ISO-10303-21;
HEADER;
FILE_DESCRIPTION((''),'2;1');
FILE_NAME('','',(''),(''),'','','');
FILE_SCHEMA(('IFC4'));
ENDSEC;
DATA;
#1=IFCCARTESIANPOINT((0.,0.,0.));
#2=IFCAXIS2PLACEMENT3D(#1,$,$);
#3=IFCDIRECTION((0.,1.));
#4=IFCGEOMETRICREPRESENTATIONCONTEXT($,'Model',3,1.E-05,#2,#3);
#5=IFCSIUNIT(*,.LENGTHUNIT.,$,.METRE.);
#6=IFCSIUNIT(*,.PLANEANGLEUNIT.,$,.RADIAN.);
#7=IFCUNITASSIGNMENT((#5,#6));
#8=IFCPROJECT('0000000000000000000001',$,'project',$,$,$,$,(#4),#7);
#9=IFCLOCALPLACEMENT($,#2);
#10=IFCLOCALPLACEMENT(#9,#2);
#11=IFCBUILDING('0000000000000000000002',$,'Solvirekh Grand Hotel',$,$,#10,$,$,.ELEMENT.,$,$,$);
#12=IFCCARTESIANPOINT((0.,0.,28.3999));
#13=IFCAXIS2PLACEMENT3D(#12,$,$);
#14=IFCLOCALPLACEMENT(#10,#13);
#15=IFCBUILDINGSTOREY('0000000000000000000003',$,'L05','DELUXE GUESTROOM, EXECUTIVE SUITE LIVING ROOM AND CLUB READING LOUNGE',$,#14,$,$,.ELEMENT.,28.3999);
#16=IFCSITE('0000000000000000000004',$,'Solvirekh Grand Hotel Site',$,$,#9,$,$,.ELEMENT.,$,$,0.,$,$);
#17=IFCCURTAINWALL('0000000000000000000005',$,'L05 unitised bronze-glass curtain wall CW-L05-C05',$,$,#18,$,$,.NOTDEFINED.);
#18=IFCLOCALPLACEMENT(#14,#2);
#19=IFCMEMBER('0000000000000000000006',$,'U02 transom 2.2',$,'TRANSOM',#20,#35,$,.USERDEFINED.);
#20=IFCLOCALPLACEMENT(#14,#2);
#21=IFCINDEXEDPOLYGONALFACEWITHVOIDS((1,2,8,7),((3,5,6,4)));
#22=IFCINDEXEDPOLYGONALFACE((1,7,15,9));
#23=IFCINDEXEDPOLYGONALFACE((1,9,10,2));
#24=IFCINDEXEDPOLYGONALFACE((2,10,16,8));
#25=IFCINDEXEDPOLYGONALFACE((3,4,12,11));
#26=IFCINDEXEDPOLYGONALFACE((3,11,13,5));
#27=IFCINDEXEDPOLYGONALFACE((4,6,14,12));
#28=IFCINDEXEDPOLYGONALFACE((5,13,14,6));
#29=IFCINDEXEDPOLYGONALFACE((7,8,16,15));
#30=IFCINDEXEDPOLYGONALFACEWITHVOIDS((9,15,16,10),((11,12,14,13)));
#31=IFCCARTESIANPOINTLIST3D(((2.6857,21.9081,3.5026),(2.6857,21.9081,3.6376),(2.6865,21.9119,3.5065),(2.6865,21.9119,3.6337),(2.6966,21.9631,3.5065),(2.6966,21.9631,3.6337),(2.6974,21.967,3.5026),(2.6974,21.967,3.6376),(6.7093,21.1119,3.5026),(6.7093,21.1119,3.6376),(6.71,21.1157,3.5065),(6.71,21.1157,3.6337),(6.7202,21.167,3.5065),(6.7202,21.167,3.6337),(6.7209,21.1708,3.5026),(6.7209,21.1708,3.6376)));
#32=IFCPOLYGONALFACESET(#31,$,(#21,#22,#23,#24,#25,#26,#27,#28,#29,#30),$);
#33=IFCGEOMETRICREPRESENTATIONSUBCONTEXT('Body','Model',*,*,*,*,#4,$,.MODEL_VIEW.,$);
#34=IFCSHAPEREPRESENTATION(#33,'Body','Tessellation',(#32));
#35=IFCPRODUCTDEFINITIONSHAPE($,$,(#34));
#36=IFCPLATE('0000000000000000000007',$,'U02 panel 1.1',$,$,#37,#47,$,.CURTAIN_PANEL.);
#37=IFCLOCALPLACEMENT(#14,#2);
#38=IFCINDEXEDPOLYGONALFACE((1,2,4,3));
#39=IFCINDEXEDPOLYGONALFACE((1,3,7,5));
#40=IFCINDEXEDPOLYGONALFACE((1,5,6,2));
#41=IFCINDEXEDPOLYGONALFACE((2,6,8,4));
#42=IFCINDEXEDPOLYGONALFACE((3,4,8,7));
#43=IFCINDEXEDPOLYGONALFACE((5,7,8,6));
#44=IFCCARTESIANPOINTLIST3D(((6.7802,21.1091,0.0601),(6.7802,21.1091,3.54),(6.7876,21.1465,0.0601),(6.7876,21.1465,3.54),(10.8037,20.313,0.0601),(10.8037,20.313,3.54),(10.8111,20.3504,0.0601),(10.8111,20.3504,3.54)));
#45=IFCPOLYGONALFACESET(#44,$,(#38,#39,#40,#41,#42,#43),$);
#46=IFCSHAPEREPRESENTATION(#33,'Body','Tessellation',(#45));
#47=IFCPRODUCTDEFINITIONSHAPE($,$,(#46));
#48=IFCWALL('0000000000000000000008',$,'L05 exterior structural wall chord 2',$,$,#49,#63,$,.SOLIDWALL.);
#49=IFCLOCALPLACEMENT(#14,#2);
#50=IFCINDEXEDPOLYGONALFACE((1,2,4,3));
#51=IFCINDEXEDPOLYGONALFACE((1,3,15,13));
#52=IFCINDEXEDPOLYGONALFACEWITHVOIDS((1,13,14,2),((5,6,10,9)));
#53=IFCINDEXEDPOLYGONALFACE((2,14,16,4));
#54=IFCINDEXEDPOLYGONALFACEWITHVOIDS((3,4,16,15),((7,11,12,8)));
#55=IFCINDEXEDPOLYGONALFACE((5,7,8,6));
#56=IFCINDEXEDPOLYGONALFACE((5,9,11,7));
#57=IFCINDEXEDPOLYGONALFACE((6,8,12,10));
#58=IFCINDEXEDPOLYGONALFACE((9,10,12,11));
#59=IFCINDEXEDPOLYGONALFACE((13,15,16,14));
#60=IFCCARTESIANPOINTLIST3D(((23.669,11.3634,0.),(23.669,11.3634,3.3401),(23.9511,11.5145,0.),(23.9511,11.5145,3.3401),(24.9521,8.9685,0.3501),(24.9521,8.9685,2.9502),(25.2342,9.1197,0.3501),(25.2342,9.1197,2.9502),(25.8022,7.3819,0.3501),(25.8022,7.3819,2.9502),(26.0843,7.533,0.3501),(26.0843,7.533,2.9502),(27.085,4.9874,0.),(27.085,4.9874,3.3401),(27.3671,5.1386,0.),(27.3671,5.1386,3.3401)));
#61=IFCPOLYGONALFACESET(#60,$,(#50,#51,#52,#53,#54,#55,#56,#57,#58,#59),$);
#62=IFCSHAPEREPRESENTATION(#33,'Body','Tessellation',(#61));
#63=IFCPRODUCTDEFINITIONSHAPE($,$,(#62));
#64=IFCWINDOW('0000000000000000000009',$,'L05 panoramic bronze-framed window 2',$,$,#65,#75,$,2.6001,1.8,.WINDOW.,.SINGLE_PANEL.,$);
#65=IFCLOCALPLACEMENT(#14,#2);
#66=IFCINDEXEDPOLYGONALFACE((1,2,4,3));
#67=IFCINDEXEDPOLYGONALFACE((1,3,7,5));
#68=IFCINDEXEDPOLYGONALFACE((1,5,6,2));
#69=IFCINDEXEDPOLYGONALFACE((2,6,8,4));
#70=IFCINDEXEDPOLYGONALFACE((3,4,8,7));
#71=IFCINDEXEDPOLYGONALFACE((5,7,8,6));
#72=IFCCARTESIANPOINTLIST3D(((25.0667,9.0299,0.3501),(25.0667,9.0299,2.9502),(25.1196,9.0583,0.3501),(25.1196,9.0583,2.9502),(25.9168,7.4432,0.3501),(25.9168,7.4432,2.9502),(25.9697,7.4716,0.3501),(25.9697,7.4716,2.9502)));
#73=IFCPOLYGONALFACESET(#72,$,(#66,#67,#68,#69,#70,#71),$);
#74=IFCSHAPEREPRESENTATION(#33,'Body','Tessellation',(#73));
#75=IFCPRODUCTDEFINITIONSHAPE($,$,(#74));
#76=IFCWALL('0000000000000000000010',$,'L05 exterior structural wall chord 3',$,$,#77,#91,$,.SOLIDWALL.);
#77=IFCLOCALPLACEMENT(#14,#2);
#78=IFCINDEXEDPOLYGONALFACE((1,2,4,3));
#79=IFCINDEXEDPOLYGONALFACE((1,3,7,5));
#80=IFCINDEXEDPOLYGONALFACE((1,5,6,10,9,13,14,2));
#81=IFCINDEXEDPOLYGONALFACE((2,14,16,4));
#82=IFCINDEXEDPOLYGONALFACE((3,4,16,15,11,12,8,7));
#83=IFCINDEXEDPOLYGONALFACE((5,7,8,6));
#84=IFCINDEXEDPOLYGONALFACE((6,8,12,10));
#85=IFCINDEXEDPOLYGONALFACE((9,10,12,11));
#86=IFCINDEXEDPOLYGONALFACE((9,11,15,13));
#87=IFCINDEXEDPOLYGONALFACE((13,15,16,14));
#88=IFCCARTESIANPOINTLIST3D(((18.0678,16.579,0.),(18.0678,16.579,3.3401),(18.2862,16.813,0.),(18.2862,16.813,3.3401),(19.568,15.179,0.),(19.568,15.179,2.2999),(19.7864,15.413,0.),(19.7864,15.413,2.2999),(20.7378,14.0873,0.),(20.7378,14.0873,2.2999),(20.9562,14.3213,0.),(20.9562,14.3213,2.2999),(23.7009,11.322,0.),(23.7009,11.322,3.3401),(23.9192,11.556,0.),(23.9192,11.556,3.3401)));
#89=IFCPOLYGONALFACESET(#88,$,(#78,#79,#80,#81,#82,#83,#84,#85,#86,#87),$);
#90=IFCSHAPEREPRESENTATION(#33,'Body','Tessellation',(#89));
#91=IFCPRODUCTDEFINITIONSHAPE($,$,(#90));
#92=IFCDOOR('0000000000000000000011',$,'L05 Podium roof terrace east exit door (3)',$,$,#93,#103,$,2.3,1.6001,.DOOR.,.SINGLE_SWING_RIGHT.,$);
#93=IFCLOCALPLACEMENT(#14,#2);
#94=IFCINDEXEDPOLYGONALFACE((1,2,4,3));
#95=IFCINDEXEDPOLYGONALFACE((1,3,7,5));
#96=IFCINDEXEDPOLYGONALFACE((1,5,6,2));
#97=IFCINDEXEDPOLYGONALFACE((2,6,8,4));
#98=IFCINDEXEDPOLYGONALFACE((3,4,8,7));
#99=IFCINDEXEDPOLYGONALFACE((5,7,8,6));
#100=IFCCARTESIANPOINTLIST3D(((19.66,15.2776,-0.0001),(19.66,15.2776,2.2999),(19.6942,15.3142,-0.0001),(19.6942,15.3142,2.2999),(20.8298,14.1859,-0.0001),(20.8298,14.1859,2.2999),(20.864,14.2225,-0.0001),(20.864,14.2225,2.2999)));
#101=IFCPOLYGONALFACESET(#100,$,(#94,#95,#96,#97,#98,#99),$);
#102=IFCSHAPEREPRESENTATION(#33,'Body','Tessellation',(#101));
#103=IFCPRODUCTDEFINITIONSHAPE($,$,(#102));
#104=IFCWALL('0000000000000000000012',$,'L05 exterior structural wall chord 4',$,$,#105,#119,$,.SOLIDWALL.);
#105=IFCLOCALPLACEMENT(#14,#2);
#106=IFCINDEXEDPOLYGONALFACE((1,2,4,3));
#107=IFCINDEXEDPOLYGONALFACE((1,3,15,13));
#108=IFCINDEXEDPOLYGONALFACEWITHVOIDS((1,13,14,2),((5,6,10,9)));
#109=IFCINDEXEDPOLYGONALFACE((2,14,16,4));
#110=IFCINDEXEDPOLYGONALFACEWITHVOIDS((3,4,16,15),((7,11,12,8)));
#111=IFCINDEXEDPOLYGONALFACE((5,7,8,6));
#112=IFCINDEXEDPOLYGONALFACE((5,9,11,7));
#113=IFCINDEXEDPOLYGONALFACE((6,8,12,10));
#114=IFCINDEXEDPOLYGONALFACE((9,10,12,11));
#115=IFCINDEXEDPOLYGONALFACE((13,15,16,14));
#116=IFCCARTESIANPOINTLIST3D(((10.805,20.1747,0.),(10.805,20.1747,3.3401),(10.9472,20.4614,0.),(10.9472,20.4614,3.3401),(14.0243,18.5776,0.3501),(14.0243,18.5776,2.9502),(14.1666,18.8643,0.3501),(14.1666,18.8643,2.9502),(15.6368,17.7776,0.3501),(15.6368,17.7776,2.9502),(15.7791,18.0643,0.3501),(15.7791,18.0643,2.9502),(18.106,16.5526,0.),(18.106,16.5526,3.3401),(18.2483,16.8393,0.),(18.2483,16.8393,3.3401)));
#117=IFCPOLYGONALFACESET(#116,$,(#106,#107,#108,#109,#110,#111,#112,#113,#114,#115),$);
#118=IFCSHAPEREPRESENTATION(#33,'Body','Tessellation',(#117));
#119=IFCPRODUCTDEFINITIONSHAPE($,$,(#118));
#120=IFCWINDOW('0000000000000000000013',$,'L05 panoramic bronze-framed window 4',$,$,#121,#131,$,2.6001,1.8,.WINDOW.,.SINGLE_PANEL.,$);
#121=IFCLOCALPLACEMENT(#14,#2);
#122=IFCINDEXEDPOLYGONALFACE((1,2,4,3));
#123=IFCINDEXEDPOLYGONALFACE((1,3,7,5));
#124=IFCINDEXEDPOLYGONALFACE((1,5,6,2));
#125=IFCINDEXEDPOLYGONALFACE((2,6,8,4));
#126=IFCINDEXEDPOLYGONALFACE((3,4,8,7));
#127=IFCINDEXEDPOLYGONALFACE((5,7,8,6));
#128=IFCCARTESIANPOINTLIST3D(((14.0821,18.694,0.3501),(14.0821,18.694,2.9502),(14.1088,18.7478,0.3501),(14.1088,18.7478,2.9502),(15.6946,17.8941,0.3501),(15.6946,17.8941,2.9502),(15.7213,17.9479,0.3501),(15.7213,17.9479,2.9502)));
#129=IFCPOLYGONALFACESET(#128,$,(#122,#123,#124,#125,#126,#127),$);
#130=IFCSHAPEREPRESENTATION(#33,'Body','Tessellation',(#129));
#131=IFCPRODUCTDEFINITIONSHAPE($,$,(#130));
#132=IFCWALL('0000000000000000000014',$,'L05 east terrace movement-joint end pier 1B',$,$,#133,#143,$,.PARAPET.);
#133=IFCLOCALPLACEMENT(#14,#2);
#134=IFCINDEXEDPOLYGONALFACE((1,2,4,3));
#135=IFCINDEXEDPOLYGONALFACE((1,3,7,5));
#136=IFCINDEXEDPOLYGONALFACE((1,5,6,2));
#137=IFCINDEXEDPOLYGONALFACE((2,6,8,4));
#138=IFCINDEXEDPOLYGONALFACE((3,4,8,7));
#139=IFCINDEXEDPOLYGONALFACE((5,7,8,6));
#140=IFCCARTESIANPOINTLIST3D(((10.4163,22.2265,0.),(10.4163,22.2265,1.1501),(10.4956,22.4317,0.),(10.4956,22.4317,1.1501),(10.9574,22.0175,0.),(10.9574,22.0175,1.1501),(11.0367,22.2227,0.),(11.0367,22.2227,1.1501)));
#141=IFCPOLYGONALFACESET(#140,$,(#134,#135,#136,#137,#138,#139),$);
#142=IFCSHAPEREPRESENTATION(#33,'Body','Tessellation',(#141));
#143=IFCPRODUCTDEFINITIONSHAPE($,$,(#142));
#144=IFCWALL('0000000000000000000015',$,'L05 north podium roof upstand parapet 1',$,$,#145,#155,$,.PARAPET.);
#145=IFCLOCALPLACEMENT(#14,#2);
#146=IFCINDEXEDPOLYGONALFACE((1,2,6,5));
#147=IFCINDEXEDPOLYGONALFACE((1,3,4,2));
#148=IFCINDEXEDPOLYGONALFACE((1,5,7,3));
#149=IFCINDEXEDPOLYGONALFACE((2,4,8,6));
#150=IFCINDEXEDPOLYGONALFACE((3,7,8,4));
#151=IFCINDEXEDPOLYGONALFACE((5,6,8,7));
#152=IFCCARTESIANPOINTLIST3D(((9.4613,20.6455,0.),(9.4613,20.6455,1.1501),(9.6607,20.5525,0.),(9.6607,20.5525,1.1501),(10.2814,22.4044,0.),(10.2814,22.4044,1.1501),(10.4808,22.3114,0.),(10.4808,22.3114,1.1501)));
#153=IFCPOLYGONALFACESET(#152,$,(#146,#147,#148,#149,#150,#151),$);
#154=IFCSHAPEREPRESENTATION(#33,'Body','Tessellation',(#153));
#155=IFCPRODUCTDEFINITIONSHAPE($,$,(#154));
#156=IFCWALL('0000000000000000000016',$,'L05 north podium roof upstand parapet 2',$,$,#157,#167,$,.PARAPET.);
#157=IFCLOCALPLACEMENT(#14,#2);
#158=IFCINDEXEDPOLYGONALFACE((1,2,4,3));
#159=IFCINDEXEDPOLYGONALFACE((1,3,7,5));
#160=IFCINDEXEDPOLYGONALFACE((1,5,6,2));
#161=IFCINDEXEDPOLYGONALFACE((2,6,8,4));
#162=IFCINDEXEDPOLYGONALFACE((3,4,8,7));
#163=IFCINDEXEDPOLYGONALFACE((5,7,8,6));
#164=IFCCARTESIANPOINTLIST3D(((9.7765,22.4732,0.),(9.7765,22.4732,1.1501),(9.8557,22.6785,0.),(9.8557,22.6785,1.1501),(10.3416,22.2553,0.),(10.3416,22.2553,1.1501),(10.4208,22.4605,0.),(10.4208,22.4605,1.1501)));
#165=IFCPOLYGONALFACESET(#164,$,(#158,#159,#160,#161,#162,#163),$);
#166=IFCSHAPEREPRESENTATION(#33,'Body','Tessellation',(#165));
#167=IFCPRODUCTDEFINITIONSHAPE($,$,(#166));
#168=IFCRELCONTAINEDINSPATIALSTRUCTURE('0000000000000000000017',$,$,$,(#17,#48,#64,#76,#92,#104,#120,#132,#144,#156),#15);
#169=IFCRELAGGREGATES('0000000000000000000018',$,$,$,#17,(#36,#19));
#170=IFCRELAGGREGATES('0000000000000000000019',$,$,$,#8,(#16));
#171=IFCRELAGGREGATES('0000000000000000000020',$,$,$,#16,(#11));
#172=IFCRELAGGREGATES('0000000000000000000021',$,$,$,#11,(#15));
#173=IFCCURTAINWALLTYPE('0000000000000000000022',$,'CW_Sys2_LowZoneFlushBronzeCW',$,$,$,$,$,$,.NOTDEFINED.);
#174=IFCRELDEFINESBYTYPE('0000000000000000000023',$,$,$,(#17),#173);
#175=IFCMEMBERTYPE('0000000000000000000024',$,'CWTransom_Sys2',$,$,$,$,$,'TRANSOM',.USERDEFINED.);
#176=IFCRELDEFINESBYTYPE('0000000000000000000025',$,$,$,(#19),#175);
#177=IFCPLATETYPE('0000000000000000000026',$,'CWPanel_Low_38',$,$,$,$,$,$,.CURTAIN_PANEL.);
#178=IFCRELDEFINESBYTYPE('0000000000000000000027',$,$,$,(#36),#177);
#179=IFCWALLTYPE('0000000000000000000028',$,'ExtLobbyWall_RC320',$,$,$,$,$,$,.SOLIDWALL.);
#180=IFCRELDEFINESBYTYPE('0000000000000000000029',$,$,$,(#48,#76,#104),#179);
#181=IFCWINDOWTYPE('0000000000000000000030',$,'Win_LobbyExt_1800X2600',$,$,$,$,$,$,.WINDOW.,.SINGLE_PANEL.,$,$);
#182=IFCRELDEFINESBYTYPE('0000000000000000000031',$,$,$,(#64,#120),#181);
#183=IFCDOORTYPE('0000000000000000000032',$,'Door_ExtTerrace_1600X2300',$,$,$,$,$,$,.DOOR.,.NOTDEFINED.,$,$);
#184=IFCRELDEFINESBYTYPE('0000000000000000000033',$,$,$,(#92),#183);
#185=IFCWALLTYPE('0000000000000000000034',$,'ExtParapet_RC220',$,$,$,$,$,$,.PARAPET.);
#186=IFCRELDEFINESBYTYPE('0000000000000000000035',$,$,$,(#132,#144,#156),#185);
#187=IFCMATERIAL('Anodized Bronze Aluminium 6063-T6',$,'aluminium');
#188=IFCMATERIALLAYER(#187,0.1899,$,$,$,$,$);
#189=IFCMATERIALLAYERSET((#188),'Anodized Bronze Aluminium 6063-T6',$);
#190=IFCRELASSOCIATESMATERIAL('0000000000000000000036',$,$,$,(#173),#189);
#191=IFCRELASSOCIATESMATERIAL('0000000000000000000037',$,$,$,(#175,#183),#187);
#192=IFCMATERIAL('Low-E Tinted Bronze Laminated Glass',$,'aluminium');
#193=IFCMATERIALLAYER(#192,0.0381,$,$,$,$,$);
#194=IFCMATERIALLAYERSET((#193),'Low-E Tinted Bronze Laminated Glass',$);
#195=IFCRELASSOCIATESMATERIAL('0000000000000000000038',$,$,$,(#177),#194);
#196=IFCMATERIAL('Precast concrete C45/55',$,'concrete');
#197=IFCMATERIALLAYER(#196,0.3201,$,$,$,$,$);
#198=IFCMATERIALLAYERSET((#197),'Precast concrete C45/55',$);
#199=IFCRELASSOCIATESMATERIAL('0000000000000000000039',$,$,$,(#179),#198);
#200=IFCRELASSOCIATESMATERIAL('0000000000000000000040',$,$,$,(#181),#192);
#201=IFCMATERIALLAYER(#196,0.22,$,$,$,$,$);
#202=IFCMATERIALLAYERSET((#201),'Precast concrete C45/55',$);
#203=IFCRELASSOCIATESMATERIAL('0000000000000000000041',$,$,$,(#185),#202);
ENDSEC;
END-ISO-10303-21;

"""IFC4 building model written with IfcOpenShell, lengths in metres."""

from ifc_helpers import new_model, si_unit, direction, frame, frame_2d, origin, origin_2d, place, context, subcontext, project, spatial, rectangle, hollow_rectangle, extrude, source, transform, mapped, material, layer, layer_set, material_profile, profile_set, type_object, element, fill, aggregate, save


model = new_model("IFC4")

# Units and contexts
model_context = context("Model", 3, precision=1e-05, world=origin(), true_north=direction((0.0, 1.0)))
body_context = subcontext(model_context, "Body", "Model", "MODEL_VIEW")
ifc_project = project(units=[si_unit("LENGTHUNIT", "METRE"), si_unit("PLANEANGLEUNIT", "RADIAN")], contexts=[model_context])

# Site, building, storey
site_placement = place(None, origin())
site = spatial("IfcSite", under=ifc_project, at=site_placement, Name="Solvirekh Grand Hotel Site", CompositionType="ELEMENT", RefElevation=0.0)
building_placement = place(site_placement, origin())
building = spatial("IfcBuilding", under=site, at=building_placement, Name="Solvirekh Grand Hotel", CompositionType="ELEMENT")
storey_placement = place(building_placement, frame((0.0, 0.0, 28.3999)))
storey = spatial("IfcBuildingStorey", under=building, at=storey_placement, Name="L05", Description="DELUXE GUESTROOM, EXECUTIVE SUITE LIVING ROOM AND CLUB READING LOUNGE", CompositionType="ELEMENT", Elevation=28.3999)

# Curtain wall, member, plate
ifc_material_1 = material(Name="Anodized Bronze Aluminium 6063-T6", Category="aluminium")
ifc_layer_1 = layer(ifc_material_1, 0.1899)
ifc_layer_set_1 = layer_set([ifc_layer_1], Name="Anodized Bronze Aluminium 6063-T6")
curtain_wall_type = type_object("IfcCurtainWallType", Name="CW_Sys2_LowZoneFlushBronzeCW", PredefinedType="NOTDEFINED", material=ifc_layer_set_1)
curtain_wall_placement = place(storey_placement, origin())
curtain_wall = element("IfcCurtainWall", 1, at=curtain_wall_placement, inside=storey, type_object=curtain_wall_type, Name="L05 unitised bronze-glass curtain wall CW-L05-C05", PredefinedType="NOTDEFINED")
ifc_material_profile_1 = material_profile(ifc_material_1, hollow_rectangle(XDim=0.0601, YDim=0.135, WallThickness=0.0039, at=origin_2d()), Name="ALU RHS 135X60X4")
ifc_profile_set_1 = profile_set([ifc_material_profile_1], Name="Anodized Bronze Aluminium 6063-T6")
member_type_1 = type_object("IfcMemberType", Name="CWTransom_Sys2", ElementType="TRANSOM", PredefinedType="USERDEFINED", material=ifc_profile_set_1)
shared_shape_1 = source(origin(), body_context, "Body", "SweptSolid", [
    extrude(hollow_rectangle(XDim=0.0601, YDim=0.135, WallThickness=0.0039, at=origin_2d()), origin(), (0.0, 0.0, 1.0), 4.1016),
])
member_1_placement = place(storey_placement, frame((6.7151, 21.1414, 3.5701), z_axis=(-0.980979, 0.194112, 0.0), x_axis=(-0.194112, -0.980979, 0.0)))
member_1 = element("IfcMember", 2, at=member_1_placement, type_object=member_type_1, Name="U02 transom 2.2", ObjectType="TRANSOM", PredefinedType="USERDEFINED", context=body_context, shape_type="MappedRepresentation", body=[
    mapped(shared_shape_1, transform((0.0, 0.0, 0.0), x_axis=(1.0, 0.0, 0.0), y_axis=(0.0, 1.0, 0.0), z_axis=(0.0, 0.0, 1.0), scale=1.0)),
])
ifc_material_2 = material(Name="Low-E Tinted Bronze Laminated Glass", Category="aluminium")
ifc_layer_2 = layer(ifc_material_2, 0.0381)
ifc_layer_set_2 = layer_set([ifc_layer_2], Name="Low-E Tinted Bronze Laminated Glass")
plate_type = type_object("IfcPlateType", Name="CWPanel_Low_38", PredefinedType="CURTAIN_PANEL", material=ifc_layer_set_2)
shared_shape_2 = source(origin(), body_context, "Body", "SweptSolid", [
    extrude(rectangle(XDim=4.1016, YDim=0.0381, at=origin_2d()), origin(), (0.0, 0.0, 1.0), 3.48),
])
plate_placement = place(storey_placement, frame((8.7957, 20.7297, 0.0601), z_axis=(0.0, 0.0, 1.0), x_axis=(-0.980981, 0.194104, 0.0)))
plate = element("IfcPlate", 3, at=plate_placement, type_object=plate_type, Name="U02 panel 1.1", PredefinedType="CURTAIN_PANEL", context=body_context, shape_type="MappedRepresentation", body=[
    mapped(shared_shape_2, transform((0.0, 0.0, 0.0), x_axis=(1.0, 0.0, 0.0), y_axis=(0.0, 1.0, 0.0), z_axis=(0.0, 0.0, 1.0), scale=1.0)),
])
aggregate(curtain_wall, [plate, member_1])

# Wall, opening, window
ifc_material_3 = material(Name="Precast concrete C45/55", Category="concrete")
ifc_layer_3 = layer(ifc_material_3, 0.3201)
ifc_layer_set_3 = layer_set([ifc_layer_3], Name="Precast concrete C45/55")
wall_type_1 = type_object("IfcWallType", Name="ExtLobbyWall_RC320", PredefinedType="SOLIDWALL", material=ifc_layer_set_3)
wall_1_placement = place(storey_placement, frame((23.8101, 11.439, 0.0), z_axis=(0.0, 0.0, 1.0), x_axis=(0.472255, -0.881462, 0.0)))
wall_1 = element("IfcWall", 4, at=wall_1_placement, inside=storey, type_object=wall_type_1, Name="L05 exterior structural wall chord 2", PredefinedType="SOLIDWALL", context=body_context, shape_type="SweptSolid", body=[
    extrude(rectangle(XDim=7.2334, YDim=0.3201, at=frame_2d((3.6167, 0.0))), origin(), (0.0, 0.0, 1.0), 3.3401),
])
opening_1_placement = place(wall_1_placement, frame((2.717, 0.0, 0.3501)))
opening_1 = element("IfcOpeningElement", 5, at=opening_1_placement, cuts=wall_1, PredefinedType="OPENING", context=body_context, shape_type="SweptSolid", body=[
    extrude(rectangle(XDim=1.8, YDim=2.6001, at=frame_2d((0.8999, 1.3))), frame((0.0, 0.1699, 0.0), z_axis=(0.0, -1.0, 0.0), x_axis=(1.0, 0.0, 0.0)), (0.0, 0.0, 1.0), 0.3401),
])
window_type = type_object("IfcWindowType", Name="Win_LobbyExt_1800X2600", PartitioningType="SINGLE_PANEL", PredefinedType="WINDOW", material=ifc_material_2)
window_1_placement = place(opening_1_placement, origin())
window_1 = element("IfcWindow", 6, at=window_1_placement, inside=storey, type_object=window_type, Name="L05 panoramic bronze-framed window 2", OverallHeight=2.6001, OverallWidth=1.8, PartitioningType="SINGLE_PANEL", PredefinedType="WINDOW", context=body_context, shape_type="SweptSolid", body=[
    extrude(rectangle(XDim=1.8, YDim=2.6001, at=frame_2d((0.8999, 1.3))), frame((0.0, 0.03, 0.0), z_axis=(0.0, -1.0, 0.0), x_axis=(1.0, 0.0, 0.0)), (0.0, 0.0, 1.0), 0.0601),
])
fill(opening_1, window_1)

# Wall, opening, door
wall_2_placement = place(storey_placement, frame((18.177, 16.696, 0.0), z_axis=(0.0, 0.0, 1.0), x_axis=(0.731084, -0.682288, 0.0)))
wall_2 = element("IfcWall", 7, at=wall_2_placement, inside=storey, type_object=wall_type_1, Name="L05 exterior structural wall chord 3", PredefinedType="SOLIDWALL", context=body_context, shape_type="SweptSolid", body=[
    extrude(rectangle(XDim=7.7051, YDim=0.3201, at=frame_2d((3.8525, 0.0))), origin(), (0.0, 0.0, 1.0), 3.3401),
])
opening_2_placement = place(wall_2_placement, frame((2.052, 0.0, 0.0)))
opening_2 = element("IfcOpeningElement", 8, at=opening_2_placement, cuts=wall_2, PredefinedType="OPENING", context=body_context, shape_type="SweptSolid", body=[
    extrude(rectangle(XDim=1.6001, YDim=2.3, at=frame_2d((0.8, 1.1499))), frame((0.0, 0.1699, 0.0), z_axis=(0.0, -1.0, 0.0), x_axis=(1.0, 0.0, 0.0)), (0.0, 0.0, 1.0), 0.3401),
])
door_type_1 = type_object("IfcDoorType", Name="Door_ExtTerrace_1600X2300", OperationType="NOTDEFINED", PredefinedType="DOOR", material=ifc_material_1)
door_1_placement = place(opening_2_placement, origin())
door_1 = element("IfcDoor", 9, at=door_1_placement, inside=storey, type_object=door_type_1, Name="L05 Podium roof terrace east exit door (3)", OperationType="SINGLE_SWING_RIGHT", OverallHeight=2.3, OverallWidth=1.6001, PredefinedType="DOOR", context=body_context, shape_type="SweptSolid", body=[
    extrude(rectangle(XDim=1.6001, YDim=2.3, at=frame_2d((0.8, 1.1499))), frame((0.0, 0.0249, 0.0), z_axis=(0.0, -1.0, 0.0), x_axis=(1.0, 0.0, 0.0)), (0.0, 0.0, 1.0), 0.05),
])
fill(opening_2, door_1)

# Wall, opening, window
wall_3_placement = place(storey_placement, frame((10.876, 20.3181, 0.0), z_axis=(0.0, 0.0, 1.0), x_axis=(0.895819, -0.44442, 0.0)))
wall_3 = element("IfcWall", 10, at=wall_3_placement, inside=storey, type_object=wall_type_1, Name="L05 exterior structural wall chord 4", PredefinedType="SOLIDWALL", context=body_context, shape_type="SweptSolid", body=[
    extrude(rectangle(XDim=8.1501, YDim=0.3201, at=frame_2d((4.0752, 0.0))), origin(), (0.0, 0.0, 1.0), 3.3401),
])
opening_3_placement = place(wall_3_placement, frame((3.594, 0.0, 0.3501)))
opening_3 = element("IfcOpeningElement", 11, at=opening_3_placement, cuts=wall_3, PredefinedType="OPENING", context=body_context, shape_type="SweptSolid", body=[
    extrude(rectangle(XDim=1.8, YDim=2.6001, at=frame_2d((0.8999, 1.3))), frame((0.0, 0.1699, 0.0), z_axis=(0.0, -1.0, 0.0), x_axis=(1.0, 0.0, 0.0)), (0.0, 0.0, 1.0), 0.3401),
])
window_2_placement = place(opening_3_placement, origin())
window_2 = element("IfcWindow", 12, at=window_2_placement, inside=storey, type_object=window_type, Name="L05 panoramic bronze-framed window 4", OverallHeight=2.6001, OverallWidth=1.8, PartitioningType="SINGLE_PANEL", PredefinedType="WINDOW", context=body_context, shape_type="SweptSolid", body=[
    extrude(rectangle(XDim=1.8, YDim=2.6001, at=frame_2d((0.8999, 1.3))), frame((0.0, 0.03, 0.0), z_axis=(0.0, -1.0, 0.0), x_axis=(1.0, 0.0, 0.0)), (0.0, 0.0, 1.0), 0.0601),
])
fill(opening_3, window_2)

# Walls
ifc_layer_4 = layer(ifc_material_3, 0.22)
ifc_layer_set_4 = layer_set([ifc_layer_4], Name="Precast concrete C45/55")
wall_type_2 = type_object("IfcWallType", Name="ExtParapet_RC220", PredefinedType="PARAPET", material=ifc_layer_set_4)
wall_4_placement = place(storey_placement, frame((10.9971, 22.1201, 0.0), z_axis=(0.0, 0.0, 1.0), x_axis=(-0.932824, 0.360333, 0.0)))
element("IfcWall", 13, at=wall_4_placement, inside=storey, type_object=wall_type_2, Name="L05 east terrace movement-joint end pier 1B", PredefinedType="PARAPET", context=body_context, shape_type="SweptSolid", body=[
    extrude(rectangle(XDim=0.5801, YDim=0.22, at=frame_2d((0.29, 0.0))), origin(), (0.0, 0.0, 1.0), 1.1501),
])
wall_5_placement = place(storey_placement, frame((9.561, 20.5991, 0.0), z_axis=(0.0, 0.0, 1.0), x_axis=(0.422589, 0.906321, 0.0)))
element("IfcWall", 14, at=wall_5_placement, inside=storey, type_object=wall_type_2, Name="L05 north podium roof upstand parapet 1", PredefinedType="PARAPET", context=body_context, shape_type="SweptSolid", body=[
    extrude(rectangle(XDim=1.9407, YDim=0.22, at=frame_2d((0.9702, 0.0))), origin(), (0.0, 0.0, 1.0), 1.1501),
])
wall_6_placement = place(storey_placement, frame((10.3811, 22.3579, 0.0), z_axis=(0.0, 0.0, 1.0), x_axis=(-0.932992, 0.359897, 0.0)))
element("IfcWall", 15, at=wall_6_placement, inside=storey, type_object=wall_type_2, Name="L05 north podium roof upstand parapet 2", PredefinedType="PARAPET", context=body_context, shape_type="SweptSolid", body=[
    extrude(rectangle(XDim=0.6057, YDim=0.22, at=frame_2d((0.3027, 0.0))), origin(), (0.0, 0.0, 1.0), 1.1501),
])

save(model, "model.ifc")
